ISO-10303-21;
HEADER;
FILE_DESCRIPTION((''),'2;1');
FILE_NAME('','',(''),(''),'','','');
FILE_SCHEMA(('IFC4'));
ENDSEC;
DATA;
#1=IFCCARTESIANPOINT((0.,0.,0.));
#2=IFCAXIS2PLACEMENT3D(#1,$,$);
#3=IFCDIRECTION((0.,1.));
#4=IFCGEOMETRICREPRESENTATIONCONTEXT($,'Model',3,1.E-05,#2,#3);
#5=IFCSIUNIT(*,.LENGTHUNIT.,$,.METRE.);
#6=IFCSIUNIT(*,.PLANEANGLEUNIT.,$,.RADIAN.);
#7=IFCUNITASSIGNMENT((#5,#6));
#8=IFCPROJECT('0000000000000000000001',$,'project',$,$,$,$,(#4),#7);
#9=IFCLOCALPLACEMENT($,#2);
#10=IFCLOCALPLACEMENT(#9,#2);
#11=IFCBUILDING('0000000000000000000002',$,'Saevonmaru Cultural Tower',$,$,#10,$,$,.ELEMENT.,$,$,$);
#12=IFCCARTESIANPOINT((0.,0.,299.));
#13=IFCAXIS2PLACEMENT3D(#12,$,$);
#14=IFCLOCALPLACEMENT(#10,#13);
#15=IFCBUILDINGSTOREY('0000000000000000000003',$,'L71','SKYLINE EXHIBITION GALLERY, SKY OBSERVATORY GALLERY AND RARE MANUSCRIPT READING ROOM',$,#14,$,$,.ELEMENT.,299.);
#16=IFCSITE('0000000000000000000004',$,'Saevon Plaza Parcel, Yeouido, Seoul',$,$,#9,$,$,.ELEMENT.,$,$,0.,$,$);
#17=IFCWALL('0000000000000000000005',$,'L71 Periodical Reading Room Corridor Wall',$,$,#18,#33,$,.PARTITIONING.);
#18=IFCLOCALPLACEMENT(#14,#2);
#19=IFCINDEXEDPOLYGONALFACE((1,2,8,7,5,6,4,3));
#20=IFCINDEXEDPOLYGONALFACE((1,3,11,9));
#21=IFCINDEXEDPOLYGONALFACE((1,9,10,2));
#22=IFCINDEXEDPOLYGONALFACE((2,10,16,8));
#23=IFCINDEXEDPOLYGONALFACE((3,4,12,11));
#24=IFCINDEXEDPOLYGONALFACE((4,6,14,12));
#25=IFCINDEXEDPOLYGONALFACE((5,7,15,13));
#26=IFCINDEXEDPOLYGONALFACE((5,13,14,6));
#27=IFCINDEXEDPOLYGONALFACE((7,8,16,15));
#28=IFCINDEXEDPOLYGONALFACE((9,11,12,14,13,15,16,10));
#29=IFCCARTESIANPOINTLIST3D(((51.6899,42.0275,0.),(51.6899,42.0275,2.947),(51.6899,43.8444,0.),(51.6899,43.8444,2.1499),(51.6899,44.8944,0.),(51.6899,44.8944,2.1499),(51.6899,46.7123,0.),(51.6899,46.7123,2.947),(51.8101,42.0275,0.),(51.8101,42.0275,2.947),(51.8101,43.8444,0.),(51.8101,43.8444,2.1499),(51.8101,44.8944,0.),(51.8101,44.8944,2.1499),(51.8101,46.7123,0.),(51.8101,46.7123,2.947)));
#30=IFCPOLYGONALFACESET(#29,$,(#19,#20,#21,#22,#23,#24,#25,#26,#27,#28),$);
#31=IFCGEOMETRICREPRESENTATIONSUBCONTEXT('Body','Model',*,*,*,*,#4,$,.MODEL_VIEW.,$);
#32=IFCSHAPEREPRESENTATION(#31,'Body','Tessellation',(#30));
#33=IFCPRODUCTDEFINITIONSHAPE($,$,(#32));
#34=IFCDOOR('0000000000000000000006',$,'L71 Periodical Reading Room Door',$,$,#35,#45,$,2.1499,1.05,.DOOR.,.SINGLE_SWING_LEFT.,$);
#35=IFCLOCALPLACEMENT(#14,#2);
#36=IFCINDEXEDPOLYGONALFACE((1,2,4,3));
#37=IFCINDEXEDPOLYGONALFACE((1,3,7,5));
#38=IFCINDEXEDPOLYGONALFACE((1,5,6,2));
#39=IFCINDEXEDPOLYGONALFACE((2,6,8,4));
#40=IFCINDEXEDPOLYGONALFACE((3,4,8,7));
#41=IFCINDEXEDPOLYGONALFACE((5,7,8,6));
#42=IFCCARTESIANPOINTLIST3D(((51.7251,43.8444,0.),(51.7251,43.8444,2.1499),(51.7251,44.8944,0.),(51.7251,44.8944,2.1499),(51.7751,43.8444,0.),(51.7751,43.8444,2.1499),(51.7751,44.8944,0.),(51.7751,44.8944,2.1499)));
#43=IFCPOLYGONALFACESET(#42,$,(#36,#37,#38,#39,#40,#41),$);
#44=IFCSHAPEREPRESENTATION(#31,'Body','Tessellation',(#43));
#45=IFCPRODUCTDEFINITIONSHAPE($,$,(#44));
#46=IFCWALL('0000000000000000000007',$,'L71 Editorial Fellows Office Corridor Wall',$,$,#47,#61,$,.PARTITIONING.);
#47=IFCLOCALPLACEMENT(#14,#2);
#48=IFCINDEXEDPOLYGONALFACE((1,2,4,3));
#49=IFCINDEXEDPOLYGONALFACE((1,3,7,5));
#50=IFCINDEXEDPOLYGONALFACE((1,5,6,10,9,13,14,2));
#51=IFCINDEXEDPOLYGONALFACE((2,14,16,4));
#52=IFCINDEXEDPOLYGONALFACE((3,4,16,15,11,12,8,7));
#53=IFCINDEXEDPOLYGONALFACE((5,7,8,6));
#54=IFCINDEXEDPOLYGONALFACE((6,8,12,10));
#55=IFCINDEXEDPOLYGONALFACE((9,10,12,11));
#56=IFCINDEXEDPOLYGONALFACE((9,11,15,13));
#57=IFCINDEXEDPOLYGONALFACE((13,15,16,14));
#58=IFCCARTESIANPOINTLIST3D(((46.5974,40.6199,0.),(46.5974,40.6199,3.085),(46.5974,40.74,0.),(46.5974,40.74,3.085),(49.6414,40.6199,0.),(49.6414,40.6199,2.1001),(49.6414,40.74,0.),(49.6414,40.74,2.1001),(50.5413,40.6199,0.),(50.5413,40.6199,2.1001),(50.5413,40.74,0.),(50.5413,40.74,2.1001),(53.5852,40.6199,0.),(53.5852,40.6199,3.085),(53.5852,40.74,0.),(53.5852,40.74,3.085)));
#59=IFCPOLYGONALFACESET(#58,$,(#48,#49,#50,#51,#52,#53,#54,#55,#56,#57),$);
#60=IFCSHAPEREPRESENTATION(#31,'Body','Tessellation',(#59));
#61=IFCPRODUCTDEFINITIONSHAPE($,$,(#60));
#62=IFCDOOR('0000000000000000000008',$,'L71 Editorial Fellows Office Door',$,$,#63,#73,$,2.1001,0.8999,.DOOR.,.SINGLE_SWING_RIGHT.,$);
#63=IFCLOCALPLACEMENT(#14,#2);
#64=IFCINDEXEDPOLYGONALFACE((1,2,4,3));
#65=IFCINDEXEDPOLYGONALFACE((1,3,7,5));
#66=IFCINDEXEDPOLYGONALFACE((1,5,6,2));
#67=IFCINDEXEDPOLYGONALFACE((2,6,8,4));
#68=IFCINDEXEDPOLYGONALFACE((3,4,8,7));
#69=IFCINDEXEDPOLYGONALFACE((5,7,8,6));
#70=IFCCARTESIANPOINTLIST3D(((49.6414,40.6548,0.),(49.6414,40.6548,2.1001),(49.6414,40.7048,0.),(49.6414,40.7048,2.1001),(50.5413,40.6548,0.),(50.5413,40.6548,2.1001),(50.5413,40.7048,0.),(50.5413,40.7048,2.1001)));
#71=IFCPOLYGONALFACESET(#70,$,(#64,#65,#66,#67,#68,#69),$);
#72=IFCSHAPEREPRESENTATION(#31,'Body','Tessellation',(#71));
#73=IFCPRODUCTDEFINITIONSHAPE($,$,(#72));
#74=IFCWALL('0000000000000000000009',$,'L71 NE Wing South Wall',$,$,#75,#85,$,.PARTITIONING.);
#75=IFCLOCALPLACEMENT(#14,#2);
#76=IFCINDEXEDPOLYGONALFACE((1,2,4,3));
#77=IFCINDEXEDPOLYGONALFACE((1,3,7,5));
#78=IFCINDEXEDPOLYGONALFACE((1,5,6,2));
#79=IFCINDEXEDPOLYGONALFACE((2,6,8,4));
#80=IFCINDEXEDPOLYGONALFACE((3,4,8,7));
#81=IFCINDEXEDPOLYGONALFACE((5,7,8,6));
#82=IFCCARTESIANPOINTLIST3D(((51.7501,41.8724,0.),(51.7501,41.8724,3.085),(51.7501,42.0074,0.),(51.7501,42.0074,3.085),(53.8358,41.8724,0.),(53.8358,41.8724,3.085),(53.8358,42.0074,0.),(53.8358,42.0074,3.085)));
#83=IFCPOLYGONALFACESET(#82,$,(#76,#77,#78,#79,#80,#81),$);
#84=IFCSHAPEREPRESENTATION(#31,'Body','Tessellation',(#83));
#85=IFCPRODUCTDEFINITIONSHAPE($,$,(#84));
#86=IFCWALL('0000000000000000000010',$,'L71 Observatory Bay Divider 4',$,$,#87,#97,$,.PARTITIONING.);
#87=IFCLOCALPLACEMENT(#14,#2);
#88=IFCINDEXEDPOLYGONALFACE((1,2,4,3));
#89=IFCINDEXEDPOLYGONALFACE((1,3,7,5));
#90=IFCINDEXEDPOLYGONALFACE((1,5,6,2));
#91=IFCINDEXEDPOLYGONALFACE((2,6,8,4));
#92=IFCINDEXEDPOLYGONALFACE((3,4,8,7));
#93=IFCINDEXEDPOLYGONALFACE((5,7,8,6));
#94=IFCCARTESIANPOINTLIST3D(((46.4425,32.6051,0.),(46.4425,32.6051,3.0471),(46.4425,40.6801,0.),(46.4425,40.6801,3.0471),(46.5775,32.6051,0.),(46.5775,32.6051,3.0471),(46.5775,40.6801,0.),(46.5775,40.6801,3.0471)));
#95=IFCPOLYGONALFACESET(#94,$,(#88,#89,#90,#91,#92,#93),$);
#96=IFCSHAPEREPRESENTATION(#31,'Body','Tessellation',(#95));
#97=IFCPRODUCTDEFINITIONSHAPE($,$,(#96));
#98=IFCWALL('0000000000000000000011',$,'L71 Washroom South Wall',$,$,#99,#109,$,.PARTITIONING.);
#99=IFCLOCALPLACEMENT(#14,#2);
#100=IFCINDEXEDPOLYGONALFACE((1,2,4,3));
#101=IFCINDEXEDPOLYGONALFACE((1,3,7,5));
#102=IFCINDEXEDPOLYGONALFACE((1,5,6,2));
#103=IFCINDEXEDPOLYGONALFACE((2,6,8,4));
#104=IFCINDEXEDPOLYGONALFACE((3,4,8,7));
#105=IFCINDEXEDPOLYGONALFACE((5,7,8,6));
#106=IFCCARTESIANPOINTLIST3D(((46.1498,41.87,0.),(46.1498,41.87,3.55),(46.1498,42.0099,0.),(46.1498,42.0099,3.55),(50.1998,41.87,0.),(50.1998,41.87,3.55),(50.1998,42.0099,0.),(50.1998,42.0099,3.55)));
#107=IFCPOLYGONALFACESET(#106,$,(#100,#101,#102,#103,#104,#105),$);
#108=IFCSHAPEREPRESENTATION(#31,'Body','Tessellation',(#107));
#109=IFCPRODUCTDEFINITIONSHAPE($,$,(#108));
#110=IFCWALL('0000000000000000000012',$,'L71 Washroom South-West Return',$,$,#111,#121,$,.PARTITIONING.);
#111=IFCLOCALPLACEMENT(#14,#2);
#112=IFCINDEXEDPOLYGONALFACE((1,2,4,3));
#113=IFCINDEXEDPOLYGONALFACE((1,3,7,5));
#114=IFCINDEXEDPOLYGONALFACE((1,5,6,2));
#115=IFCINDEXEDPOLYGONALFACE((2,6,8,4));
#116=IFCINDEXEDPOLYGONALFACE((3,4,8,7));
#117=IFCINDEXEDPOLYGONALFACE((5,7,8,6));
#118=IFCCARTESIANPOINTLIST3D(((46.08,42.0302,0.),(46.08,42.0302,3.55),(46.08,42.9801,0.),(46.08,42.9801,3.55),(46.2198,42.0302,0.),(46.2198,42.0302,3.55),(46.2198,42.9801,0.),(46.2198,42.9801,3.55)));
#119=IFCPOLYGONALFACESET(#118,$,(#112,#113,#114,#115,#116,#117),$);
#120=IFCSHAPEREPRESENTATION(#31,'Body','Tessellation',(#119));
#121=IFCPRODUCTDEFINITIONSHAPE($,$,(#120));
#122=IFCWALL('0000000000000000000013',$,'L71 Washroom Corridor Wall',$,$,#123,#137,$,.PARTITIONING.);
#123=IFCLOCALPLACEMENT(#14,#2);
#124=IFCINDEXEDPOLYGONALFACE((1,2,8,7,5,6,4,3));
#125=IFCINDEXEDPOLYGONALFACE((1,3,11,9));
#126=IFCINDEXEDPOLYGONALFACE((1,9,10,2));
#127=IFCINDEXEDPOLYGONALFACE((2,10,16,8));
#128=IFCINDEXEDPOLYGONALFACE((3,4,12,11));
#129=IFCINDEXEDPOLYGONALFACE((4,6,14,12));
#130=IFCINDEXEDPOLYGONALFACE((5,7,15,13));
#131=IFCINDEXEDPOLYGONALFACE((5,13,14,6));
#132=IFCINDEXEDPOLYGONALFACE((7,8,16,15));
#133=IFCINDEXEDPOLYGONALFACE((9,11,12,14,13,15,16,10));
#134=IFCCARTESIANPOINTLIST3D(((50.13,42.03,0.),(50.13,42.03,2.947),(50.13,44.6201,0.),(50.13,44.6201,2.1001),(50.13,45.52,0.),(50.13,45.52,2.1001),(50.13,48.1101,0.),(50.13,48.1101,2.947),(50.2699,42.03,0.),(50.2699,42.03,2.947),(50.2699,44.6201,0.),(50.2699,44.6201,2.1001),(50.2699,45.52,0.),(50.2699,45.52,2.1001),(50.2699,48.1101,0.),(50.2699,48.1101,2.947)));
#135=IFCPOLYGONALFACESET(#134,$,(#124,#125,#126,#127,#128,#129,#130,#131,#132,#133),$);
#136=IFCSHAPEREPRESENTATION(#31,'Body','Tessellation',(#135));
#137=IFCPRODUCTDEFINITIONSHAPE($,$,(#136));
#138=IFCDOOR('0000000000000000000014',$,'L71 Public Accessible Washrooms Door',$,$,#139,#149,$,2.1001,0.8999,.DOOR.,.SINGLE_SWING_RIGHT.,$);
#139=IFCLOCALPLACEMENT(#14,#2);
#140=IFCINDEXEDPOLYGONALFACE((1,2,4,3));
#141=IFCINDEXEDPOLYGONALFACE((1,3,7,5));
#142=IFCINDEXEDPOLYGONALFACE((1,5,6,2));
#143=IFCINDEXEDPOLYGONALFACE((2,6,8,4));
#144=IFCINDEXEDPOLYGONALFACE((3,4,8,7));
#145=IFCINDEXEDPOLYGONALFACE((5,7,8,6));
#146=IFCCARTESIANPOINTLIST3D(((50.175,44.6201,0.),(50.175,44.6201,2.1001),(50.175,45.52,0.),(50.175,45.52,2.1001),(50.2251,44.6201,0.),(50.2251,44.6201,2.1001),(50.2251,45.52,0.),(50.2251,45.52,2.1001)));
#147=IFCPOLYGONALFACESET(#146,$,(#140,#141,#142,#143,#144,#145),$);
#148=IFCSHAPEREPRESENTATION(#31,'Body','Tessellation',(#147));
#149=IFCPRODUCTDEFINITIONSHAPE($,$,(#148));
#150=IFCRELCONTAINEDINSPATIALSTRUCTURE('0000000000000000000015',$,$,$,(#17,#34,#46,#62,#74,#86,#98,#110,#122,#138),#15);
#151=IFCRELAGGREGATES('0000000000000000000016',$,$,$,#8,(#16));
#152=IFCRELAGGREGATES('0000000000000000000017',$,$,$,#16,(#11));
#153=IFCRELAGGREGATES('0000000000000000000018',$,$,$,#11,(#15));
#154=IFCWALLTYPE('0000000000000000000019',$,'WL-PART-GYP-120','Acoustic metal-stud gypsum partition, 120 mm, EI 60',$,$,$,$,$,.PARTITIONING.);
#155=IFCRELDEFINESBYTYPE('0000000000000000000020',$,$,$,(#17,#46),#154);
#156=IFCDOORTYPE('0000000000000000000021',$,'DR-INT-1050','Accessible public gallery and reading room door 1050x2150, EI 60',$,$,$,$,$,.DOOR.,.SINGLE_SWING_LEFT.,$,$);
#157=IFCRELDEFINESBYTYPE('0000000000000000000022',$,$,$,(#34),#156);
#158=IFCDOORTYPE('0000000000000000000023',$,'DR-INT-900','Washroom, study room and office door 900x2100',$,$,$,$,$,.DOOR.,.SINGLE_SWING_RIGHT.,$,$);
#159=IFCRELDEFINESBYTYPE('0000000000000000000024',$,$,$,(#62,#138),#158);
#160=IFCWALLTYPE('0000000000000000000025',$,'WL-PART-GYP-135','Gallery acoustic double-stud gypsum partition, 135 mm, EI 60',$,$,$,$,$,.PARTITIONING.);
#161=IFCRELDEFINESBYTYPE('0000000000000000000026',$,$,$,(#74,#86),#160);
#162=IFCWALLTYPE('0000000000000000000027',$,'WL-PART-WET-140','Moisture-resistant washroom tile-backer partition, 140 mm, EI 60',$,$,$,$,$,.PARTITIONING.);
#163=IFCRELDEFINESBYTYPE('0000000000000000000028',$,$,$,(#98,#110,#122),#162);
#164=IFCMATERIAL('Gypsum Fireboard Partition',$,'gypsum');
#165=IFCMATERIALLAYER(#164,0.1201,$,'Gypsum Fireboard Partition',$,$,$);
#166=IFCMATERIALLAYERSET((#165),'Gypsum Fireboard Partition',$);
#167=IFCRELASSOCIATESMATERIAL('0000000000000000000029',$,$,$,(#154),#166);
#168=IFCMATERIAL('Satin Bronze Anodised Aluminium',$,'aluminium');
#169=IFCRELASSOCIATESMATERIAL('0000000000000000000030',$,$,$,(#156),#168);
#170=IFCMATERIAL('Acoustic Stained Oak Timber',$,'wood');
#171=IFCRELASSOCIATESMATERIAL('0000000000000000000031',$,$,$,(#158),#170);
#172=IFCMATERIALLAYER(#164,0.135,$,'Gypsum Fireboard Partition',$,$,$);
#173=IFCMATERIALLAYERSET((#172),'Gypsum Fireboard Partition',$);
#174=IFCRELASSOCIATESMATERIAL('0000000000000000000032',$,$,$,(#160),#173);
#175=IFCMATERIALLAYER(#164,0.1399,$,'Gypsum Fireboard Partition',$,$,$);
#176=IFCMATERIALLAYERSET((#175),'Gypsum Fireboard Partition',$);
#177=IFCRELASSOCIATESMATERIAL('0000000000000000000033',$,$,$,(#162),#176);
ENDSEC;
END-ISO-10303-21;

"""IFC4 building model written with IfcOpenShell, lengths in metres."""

from ifc_helpers import new_model, si_unit, direction, frame, frame_2d, origin, place, context, subcontext, project, spatial, rectangle, extrude, material, layer, layer_set, type_object, element, fill, save


model = new_model("IFC4")

# Units and contexts
model_context = context("Model", 3, precision=1e-05, world=origin(), true_north=direction((0.0, 1.0)))
body_context = subcontext(model_context, "Body", "Model", "MODEL_VIEW")
ifc_project = project(units=[si_unit("LENGTHUNIT", "METRE"), si_unit("PLANEANGLEUNIT", "RADIAN")], contexts=[model_context])

# Site, building, storey
site_placement = place(None, origin())
site = spatial("IfcSite", under=ifc_project, at=site_placement, Name="Saevon Plaza Parcel, Yeouido, Seoul", CompositionType="ELEMENT", RefElevation=0.0)
building_placement = place(site_placement, origin())
building = spatial("IfcBuilding", under=site, at=building_placement, Name="Saevonmaru Cultural Tower", CompositionType="ELEMENT")
storey_placement = place(building_placement, frame((0.0, 0.0, 299.0)))
storey = spatial("IfcBuildingStorey", under=building, at=storey_placement, Name="L71", Description="SKYLINE EXHIBITION GALLERY, SKY OBSERVATORY GALLERY AND RARE MANUSCRIPT READING ROOM", CompositionType="ELEMENT", Elevation=299.0)

# Shared definitions
ifc_material_1 = material(Name="Satin Bronze Anodised Aluminium", Category="aluminium")

# Walls, openings, doors
ifc_material_2 = material(Name="Gypsum Fireboard Partition", Category="gypsum")
ifc_layer_1 = layer(ifc_material_2, 0.1201, Name="Gypsum Fireboard Partition")
ifc_layer_set_1 = layer_set([ifc_layer_1], Name="Gypsum Fireboard Partition")
wall_type_1 = type_object("IfcWallType", Name="WL-PART-GYP-120", Description="Acoustic metal-stud gypsum partition, 120 mm, EI 60", PredefinedType="PARTITIONING", material=ifc_layer_set_1)
wall_1_placement = place(storey_placement, frame((51.75, 42.0276, 0.0), z_axis=(0.0, 0.0, 1.0), x_axis=(0.0, 1.0, 0.0)))
wall_1 = element("IfcWall", 1, at=wall_1_placement, inside=storey, type_object=wall_type_1, Name="L71 Periodical Reading Room Corridor Wall", PredefinedType="PARTITIONING", context=body_context, shape_type="SweptSolid", body=[
    extrude(rectangle(XDim=4.6848, YDim=0.1201, at=frame_2d((2.3423, 0.0))), origin(), (0.0, 0.0, 1.0), 2.947),
])
opening_1_placement = place(wall_1_placement, frame((1.8169, 0.0, 0.0)))
opening_1 = element("IfcOpeningElement", 2, at=opening_1_placement, cuts=wall_1, PredefinedType="OPENING", context=body_context, shape_type="SweptSolid", body=[
    extrude(rectangle(XDim=1.05, YDim=2.1499, at=frame_2d((0.5249, 1.075))), frame((0.0, 0.0701, 0.0), z_axis=(0.0, -1.0, 0.0), x_axis=(1.0, 0.0, 0.0)), (0.0, 0.0, 1.0), 0.1401),
])
door_type_1 = type_object("IfcDoorType", Name="DR-INT-1050", Description="Accessible public gallery and reading room door 1050x2150, EI 60", OperationType="SINGLE_SWING_LEFT", PredefinedType="DOOR", material=ifc_material_1)
door_1_placement = place(opening_1_placement, origin())
door_1 = element("IfcDoor", 3, at=door_1_placement, inside=storey, type_object=door_type_1, Name="L71 Periodical Reading Room Door", OperationType="SINGLE_SWING_LEFT", OverallHeight=2.1499, OverallWidth=1.05, PredefinedType="DOOR", context=body_context, shape_type="SweptSolid", body=[
    extrude(rectangle(XDim=1.05, YDim=2.1499, at=frame_2d((0.5249, 1.075))), frame((0.0, 0.0249, 0.0), z_axis=(0.0, -1.0, 0.0), x_axis=(1.0, 0.0, 0.0)), (0.0, 0.0, 1.0), 0.05),
])
fill(opening_1, door_1)
wall_2_placement = place(storey_placement, frame((46.5974, 40.6799, 0.0), z_axis=(0.0, 0.0, 1.0), x_axis=(1.0, 0.0, 0.0)))
wall_2 = element("IfcWall", 4, at=wall_2_placement, inside=storey, type_object=wall_type_1, Name="L71 Editorial Fellows Office Corridor Wall", PredefinedType="PARTITIONING", context=body_context, shape_type="SweptSolid", body=[
    extrude(rectangle(XDim=6.9878, YDim=0.1201, at=frame_2d((3.4939, 0.0))), origin(), (0.0, 0.0, 1.0), 3.085),
])
opening_2_placement = place(wall_2_placement, frame((3.0439, 0.0, 0.0)))
opening_2 = element("IfcOpeningElement", 5, at=opening_2_placement, cuts=wall_2, PredefinedType="OPENING", context=body_context, shape_type="SweptSolid", body=[
    extrude(rectangle(XDim=0.8999, YDim=2.1001, at=frame_2d((0.45, 1.05))), frame((0.0, 0.0701, 0.0), z_axis=(0.0, -1.0, 0.0), x_axis=(1.0, 0.0, 0.0)), (0.0, 0.0, 1.0), 0.1401),
])
ifc_material_3 = material(Name="Acoustic Stained Oak Timber", Category="wood")
door_type_2 = type_object("IfcDoorType", Name="DR-INT-900", Description="Washroom, study room and office door 900x2100", OperationType="SINGLE_SWING_RIGHT", PredefinedType="DOOR", material=ifc_material_3)
door_2_placement = place(opening_2_placement, origin())
door_2 = element("IfcDoor", 6, at=door_2_placement, inside=storey, type_object=door_type_2, Name="L71 Editorial Fellows Office Door", OperationType="SINGLE_SWING_RIGHT", OverallHeight=2.1001, OverallWidth=0.8999, PredefinedType="DOOR", context=body_context, shape_type="SweptSolid", body=[
    extrude(rectangle(XDim=0.8999, YDim=2.1001, at=frame_2d((0.45, 1.05))), frame((0.0, 0.0249, 0.0), z_axis=(0.0, -1.0, 0.0), x_axis=(1.0, 0.0, 0.0)), (0.0, 0.0, 1.0), 0.05),
])
fill(opening_2, door_2)

# Walls
ifc_layer_2 = layer(ifc_material_2, 0.135, Name="Gypsum Fireboard Partition")
ifc_layer_set_2 = layer_set([ifc_layer_2], Name="Gypsum Fireboard Partition")
wall_type_2 = type_object("IfcWallType", Name="WL-PART-GYP-135", Description="Gallery acoustic double-stud gypsum partition, 135 mm, EI 60", PredefinedType="PARTITIONING", material=ifc_layer_set_2)
wall_3_placement = place(storey_placement, frame((51.75, 41.9399, 0.0), z_axis=(0.0, 0.0, 1.0), x_axis=(1.0, 0.0, 0.0)))
element("IfcWall", 7, at=wall_3_placement, inside=storey, type_object=wall_type_2, Name="L71 NE Wing South Wall", PredefinedType="PARTITIONING", context=body_context, shape_type="SweptSolid", body=[
    extrude(rectangle(XDim=2.0857, YDim=0.135, at=frame_2d((1.043, 0.0))), origin(), (0.0, 0.0, 1.0), 3.085),
])
wall_4_placement = place(storey_placement, frame((46.51, 32.605, 0.0), z_axis=(0.0, 0.0, 1.0), x_axis=(0.0, 1.0, 0.0)))
element("IfcWall", 8, at=wall_4_placement, inside=storey, type_object=wall_type_2, Name="L71 Observatory Bay Divider 4", PredefinedType="PARTITIONING", context=body_context, shape_type="SweptSolid", body=[
    extrude(rectangle(XDim=8.075, YDim=0.135, at=frame_2d((4.0376, 0.0))), origin(), (0.0, 0.0, 1.0), 3.0471),
])
ifc_layer_3 = layer(ifc_material_2, 0.1399, Name="Gypsum Fireboard Partition")
ifc_layer_set_3 = layer_set([ifc_layer_3], Name="Gypsum Fireboard Partition")
wall_type_3 = type_object("IfcWallType", Name="WL-PART-WET-140", Description="Moisture-resistant washroom tile-backer partition, 140 mm, EI 60", PredefinedType="PARTITIONING", material=ifc_layer_set_3)
wall_5_placement = place(storey_placement, frame((46.1499, 41.9399, 0.0), z_axis=(0.0, 0.0, 1.0), x_axis=(1.0, 0.0, 0.0)))
element("IfcWall", 9, at=wall_5_placement, inside=storey, type_object=wall_type_3, Name="L71 Washroom South Wall", PredefinedType="PARTITIONING", context=body_context, shape_type="SweptSolid", body=[
    extrude(rectangle(XDim=4.05, YDim=0.1399, at=frame_2d((2.0249, 0.0))), origin(), (0.0, 0.0, 1.0), 3.55),
])
wall_6_placement = place(storey_placement, frame((46.1499, 42.03, 0.0), z_axis=(0.0, 0.0, 1.0), x_axis=(0.0, 1.0, 0.0)))
element("IfcWall", 10, at=wall_6_placement, inside=storey, type_object=wall_type_3, Name="L71 Washroom South-West Return", PredefinedType="PARTITIONING", context=body_context, shape_type="SweptSolid", body=[
    extrude(rectangle(XDim=0.95, YDim=0.1399, at=frame_2d((0.4751, 0.0))), origin(), (0.0, 0.0, 1.0), 3.55),
])

# Wall, opening, door
wall_7_placement = place(storey_placement, frame((50.2, 42.03, 0.0), z_axis=(0.0, 0.0, 1.0), x_axis=(0.0, 1.0, 0.0)))
wall_7 = element("IfcWall", 11, at=wall_7_placement, inside=storey, type_object=wall_type_3, Name="L71 Washroom Corridor Wall", PredefinedType="PARTITIONING", context=body_context, shape_type="SweptSolid", body=[
    extrude(rectangle(XDim=6.0801, YDim=0.1399, at=frame_2d((3.04, 0.0))), origin(), (0.0, 0.0, 1.0), 2.947),
])
opening_3_placement = place(wall_7_placement, frame((2.5901, 0.0, 0.0)))
opening_3 = element("IfcOpeningElement", 12, at=opening_3_placement, cuts=wall_7, PredefinedType="OPENING", context=body_context, shape_type="SweptSolid", body=[
    extrude(rectangle(XDim=0.8999, YDim=2.1001, at=frame_2d((0.45, 1.05))), frame((0.0, 0.0801, 0.0), z_axis=(0.0, -1.0, 0.0), x_axis=(1.0, 0.0, 0.0)), (0.0, 0.0, 1.0), 0.1599),
])
door_3_placement = place(opening_3_placement, origin())
door_3 = element("IfcDoor", 13, at=door_3_placement, inside=storey, type_object=door_type_2, Name="L71 Public Accessible Washrooms Door", OperationType="SINGLE_SWING_RIGHT", OverallHeight=2.1001, OverallWidth=0.8999, PredefinedType="DOOR", context=body_context, shape_type="SweptSolid", body=[
    extrude(rectangle(XDim=0.8999, YDim=2.1001, at=frame_2d((0.45, 1.05))), frame((0.0, 0.0249, 0.0), z_axis=(0.0, -1.0, 0.0), x_axis=(1.0, 0.0, 0.0)), (0.0, 0.0, 1.0), 0.05),
])
fill(opening_3, door_3)

save(model, "model.ifc")
